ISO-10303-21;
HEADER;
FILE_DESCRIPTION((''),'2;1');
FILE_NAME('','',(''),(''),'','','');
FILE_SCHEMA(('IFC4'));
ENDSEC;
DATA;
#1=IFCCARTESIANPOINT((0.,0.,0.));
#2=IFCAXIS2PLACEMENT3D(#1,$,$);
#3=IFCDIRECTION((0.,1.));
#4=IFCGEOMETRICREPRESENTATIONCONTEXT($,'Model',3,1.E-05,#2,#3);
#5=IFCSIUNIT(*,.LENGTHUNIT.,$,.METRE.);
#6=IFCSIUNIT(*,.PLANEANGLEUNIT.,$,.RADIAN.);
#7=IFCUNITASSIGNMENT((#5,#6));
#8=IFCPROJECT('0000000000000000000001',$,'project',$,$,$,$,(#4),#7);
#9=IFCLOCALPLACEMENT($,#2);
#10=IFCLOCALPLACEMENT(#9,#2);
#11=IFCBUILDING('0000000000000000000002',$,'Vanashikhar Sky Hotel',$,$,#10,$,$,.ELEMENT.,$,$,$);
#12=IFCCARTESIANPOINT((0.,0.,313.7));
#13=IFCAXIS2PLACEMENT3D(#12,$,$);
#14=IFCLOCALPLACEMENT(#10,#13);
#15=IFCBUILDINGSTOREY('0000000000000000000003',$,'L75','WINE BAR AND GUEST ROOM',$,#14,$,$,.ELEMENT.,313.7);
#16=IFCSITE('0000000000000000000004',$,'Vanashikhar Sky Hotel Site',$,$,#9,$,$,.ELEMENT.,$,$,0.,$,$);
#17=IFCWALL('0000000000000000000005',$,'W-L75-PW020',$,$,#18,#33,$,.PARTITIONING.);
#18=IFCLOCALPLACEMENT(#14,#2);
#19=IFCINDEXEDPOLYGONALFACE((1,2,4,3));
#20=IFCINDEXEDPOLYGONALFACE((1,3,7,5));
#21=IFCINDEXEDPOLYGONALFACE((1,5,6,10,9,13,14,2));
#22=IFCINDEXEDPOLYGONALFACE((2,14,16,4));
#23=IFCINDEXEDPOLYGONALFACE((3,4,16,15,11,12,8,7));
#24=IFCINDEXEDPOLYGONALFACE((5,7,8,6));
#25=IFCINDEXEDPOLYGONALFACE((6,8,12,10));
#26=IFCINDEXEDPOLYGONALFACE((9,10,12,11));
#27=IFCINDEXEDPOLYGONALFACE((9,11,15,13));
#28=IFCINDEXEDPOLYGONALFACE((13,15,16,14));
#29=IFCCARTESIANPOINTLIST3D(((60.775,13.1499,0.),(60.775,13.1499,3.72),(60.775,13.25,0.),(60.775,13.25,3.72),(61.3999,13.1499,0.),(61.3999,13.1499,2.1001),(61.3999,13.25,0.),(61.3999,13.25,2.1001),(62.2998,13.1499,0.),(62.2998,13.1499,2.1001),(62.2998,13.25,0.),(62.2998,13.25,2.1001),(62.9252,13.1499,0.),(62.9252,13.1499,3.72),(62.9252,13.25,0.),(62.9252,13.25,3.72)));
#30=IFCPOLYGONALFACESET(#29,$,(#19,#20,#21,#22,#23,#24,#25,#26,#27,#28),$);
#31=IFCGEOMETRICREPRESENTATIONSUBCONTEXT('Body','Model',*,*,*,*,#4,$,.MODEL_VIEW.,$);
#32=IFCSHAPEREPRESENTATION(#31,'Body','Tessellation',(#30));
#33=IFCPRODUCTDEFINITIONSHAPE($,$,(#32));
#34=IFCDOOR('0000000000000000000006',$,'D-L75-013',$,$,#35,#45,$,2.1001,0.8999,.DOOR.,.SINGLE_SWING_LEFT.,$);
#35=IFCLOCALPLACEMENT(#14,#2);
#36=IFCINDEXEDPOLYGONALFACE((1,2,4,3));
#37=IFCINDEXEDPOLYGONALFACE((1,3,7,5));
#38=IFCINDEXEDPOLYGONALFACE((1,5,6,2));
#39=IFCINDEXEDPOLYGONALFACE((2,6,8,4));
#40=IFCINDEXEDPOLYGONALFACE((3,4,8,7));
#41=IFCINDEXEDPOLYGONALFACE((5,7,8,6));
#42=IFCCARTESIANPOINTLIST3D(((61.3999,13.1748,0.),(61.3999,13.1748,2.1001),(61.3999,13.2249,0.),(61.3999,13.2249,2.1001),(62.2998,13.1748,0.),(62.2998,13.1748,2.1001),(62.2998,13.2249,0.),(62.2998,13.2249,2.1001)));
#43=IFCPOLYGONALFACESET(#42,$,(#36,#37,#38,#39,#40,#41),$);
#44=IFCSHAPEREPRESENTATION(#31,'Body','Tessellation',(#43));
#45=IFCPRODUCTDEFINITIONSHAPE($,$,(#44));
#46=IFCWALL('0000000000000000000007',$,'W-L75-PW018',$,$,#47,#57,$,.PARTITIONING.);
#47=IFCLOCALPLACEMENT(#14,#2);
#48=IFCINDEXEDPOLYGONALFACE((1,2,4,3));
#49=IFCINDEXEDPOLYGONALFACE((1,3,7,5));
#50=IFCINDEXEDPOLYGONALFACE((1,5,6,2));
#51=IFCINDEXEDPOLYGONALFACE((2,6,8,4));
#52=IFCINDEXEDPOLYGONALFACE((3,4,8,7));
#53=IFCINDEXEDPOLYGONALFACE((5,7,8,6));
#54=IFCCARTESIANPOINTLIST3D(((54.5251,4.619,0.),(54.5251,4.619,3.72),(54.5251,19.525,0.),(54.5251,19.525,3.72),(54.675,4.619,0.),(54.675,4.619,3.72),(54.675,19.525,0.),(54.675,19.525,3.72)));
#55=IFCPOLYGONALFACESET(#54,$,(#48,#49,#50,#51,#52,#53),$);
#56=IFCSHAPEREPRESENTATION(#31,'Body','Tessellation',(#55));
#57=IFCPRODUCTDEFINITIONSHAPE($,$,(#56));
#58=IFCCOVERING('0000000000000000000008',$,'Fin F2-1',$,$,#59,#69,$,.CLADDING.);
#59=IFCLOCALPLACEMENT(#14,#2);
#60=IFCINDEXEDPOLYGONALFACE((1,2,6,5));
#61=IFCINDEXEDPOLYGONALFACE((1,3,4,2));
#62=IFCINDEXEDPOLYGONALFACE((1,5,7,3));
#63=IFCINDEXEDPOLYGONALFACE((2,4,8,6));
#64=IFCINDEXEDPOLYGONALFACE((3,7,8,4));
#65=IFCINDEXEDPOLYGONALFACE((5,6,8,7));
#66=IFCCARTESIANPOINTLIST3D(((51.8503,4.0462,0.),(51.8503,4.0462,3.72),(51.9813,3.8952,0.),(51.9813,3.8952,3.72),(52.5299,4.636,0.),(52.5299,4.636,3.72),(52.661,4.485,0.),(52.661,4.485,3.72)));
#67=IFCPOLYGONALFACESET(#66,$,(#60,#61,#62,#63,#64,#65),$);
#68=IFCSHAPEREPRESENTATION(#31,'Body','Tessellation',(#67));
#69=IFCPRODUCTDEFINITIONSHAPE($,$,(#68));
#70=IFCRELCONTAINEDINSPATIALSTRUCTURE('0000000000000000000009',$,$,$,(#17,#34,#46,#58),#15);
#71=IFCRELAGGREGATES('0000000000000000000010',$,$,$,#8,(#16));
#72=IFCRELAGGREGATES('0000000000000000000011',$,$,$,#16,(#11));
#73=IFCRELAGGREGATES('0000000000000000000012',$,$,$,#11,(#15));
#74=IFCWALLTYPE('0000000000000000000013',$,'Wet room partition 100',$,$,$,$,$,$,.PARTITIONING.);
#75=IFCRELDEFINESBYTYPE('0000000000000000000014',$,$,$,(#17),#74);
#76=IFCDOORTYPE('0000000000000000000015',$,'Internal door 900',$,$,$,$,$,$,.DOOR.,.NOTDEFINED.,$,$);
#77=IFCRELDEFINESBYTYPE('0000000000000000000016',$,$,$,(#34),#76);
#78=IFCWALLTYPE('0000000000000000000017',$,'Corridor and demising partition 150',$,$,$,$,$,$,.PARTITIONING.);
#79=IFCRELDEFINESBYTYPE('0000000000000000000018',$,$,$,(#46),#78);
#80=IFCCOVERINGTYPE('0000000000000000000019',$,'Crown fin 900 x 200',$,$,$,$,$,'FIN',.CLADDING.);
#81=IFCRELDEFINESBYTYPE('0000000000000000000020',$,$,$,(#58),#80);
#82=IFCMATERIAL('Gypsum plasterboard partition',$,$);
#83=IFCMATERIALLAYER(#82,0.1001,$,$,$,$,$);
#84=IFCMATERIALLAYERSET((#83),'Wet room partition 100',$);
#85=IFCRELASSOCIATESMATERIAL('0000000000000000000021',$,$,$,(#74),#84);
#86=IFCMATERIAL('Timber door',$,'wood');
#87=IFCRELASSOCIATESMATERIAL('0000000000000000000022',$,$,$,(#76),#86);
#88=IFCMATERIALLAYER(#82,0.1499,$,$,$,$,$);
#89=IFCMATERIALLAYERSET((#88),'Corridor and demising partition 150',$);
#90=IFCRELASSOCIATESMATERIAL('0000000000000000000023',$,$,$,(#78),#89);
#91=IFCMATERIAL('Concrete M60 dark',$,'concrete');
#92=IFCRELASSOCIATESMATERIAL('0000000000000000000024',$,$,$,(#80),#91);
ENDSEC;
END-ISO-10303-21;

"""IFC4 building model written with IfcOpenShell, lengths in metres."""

from ifc_helpers import new_model, si_unit, direction, frame, frame_2d, origin, origin_2d, place, context, subcontext, project, spatial, rectangle, extrude, source, transform, mapped, material, layer, layer_set, material_profile, profile_set, type_object, element, fill, save


model = new_model("IFC4")

# Units and contexts
model_context = context("Model", 3, precision=1e-05, world=origin(), true_north=direction((0.0, 1.0)))
body_context = subcontext(model_context, "Body", "Model", "MODEL_VIEW")
ifc_project = project(units=[si_unit("LENGTHUNIT", "METRE"), si_unit("PLANEANGLEUNIT", "RADIAN")], contexts=[model_context])

# Site, building, storey
site_placement = place(None, origin())
site = spatial("IfcSite", under=ifc_project, at=site_placement, Name="Vanashikhar Sky Hotel Site", CompositionType="ELEMENT", RefElevation=0.0)
building_placement = place(site_placement, origin())
building = spatial("IfcBuilding", under=site, at=building_placement, Name="Vanashikhar Sky Hotel", CompositionType="ELEMENT")
storey_placement = place(building_placement, frame((0.0, 0.0, 313.7)))
storey = spatial("IfcBuildingStorey", under=building, at=storey_placement, Name="L75", Description="WINE BAR AND GUEST ROOM", CompositionType="ELEMENT", Elevation=313.7)

# Shared definitions
ifc_material_1 = material(Name="Gypsum plasterboard partition")
ifc_layer_1 = layer(ifc_material_1, 0.1001)
ifc_layer_set_1 = layer_set([ifc_layer_1], Name="Wet room partition 100")
wall_type_1 = type_object("IfcWallType", Name="Wet room partition 100", PredefinedType="PARTITIONING", material=ifc_layer_set_1)

# Wall, opening, door
shared_shape_1 = source(origin(), body_context, "Body", "SweptSolid", [
    extrude(rectangle(XDim=0.8999, YDim=2.1001, at=frame_2d((0.45, 1.05))), frame((0.0, 0.0601, 0.0), z_axis=(0.0, -1.0, 0.0), x_axis=(1.0, 0.0, 0.0)), (0.0, 0.0, 1.0), 0.1201),
])
ifc_material_2 = material(Name="Timber door", Category="wood")
door_type_1 = type_object("IfcDoorType", Name="Internal door 900", OperationType="NOTDEFINED", PredefinedType="DOOR", material=ifc_material_2)
shared_shape_2 = source(origin(), body_context, "Body", "SweptSolid", [
    extrude(rectangle(XDim=0.8999, YDim=2.1001, at=frame_2d((0.45, 1.05))), frame((0.0, 0.0249, 0.0), z_axis=(0.0, -1.0, 0.0), x_axis=(1.0, 0.0, 0.0)), (0.0, 0.0, 1.0), 0.05),
])
ifc_layer_2 = layer(ifc_material_1, 0.1499)
ifc_layer_set_2 = layer_set([ifc_layer_2], Name="Corridor and demising partition 150")
wall_type_2 = type_object("IfcWallType", Name="Corridor and demising partition 150", PredefinedType="PARTITIONING", material=ifc_layer_set_2)
shared_shape_3 = source(origin(), body_context, "Body", "SweptSolid", [
    extrude(rectangle(XDim=2.1501, YDim=0.1001, at=frame_2d((1.0752, 0.0))), origin(), (0.0, 0.0, 1.0), 3.72),
])
wall_1_placement = place(storey_placement, frame((60.7749, 13.2, 0.0), z_axis=(0.0, 0.0, 1.0), x_axis=(1.0, 0.0, 0.0)))
wall_1 = element("IfcWall", 1, at=wall_1_placement, inside=storey, type_object=wall_type_1, Name="W-L75-PW020", PredefinedType="PARTITIONING", context=body_context, shape_type="MappedRepresentation", body=[
    mapped(shared_shape_3, transform((0.0, 0.0, 0.0), scale=1.0)),
])
opening_1_placement = place(wall_1_placement, frame((0.625, 0.0, 0.0)))
opening_1 = element("IfcOpeningElement", 2, at=opening_1_placement, cuts=wall_1, PredefinedType="OPENING", context=body_context, shape_type="MappedRepresentation", body=[
    mapped(shared_shape_1, transform((0.0, 0.0, 0.0), scale=1.0)),
])
door_1_placement = place(opening_1_placement, origin())
door_1 = element("IfcDoor", 3, at=door_1_placement, inside=storey, type_object=door_type_1, Name="D-L75-013", OperationType="SINGLE_SWING_LEFT", OverallHeight=2.1001, OverallWidth=0.8999, PredefinedType="DOOR", context=body_context, shape_type="MappedRepresentation", body=[
    mapped(shared_shape_2, transform((0.0, 0.0, 0.0), scale=1.0)),
])
fill(opening_1, door_1)

# Wall
shared_shape_4 = source(origin(), body_context, "Body", "SweptSolid", [
    extrude(rectangle(XDim=14.906, YDim=0.1499, at=frame_2d((7.4531, 0.0))), origin(), (0.0, 0.0, 1.0), 3.72),
])
wall_2_placement = place(storey_placement, frame((54.6001, 4.6189, 0.0), z_axis=(0.0, 0.0, 1.0), x_axis=(0.0, 1.0, 0.0)))
element("IfcWall", 4, at=wall_2_placement, inside=storey, type_object=wall_type_2, Name="W-L75-PW018", PredefinedType="PARTITIONING", context=body_context, shape_type="MappedRepresentation", body=[
    mapped(shared_shape_4, transform((0.0, 0.0, 0.0), scale=1.0)),
])

# Covering
ifc_material_3 = material(Name="Concrete M60 dark", Category="concrete")
ifc_material_profile_1 = material_profile(ifc_material_3, rectangle(XDim=0.8999, YDim=0.2, at=origin_2d()))
ifc_profile_set_1 = profile_set([ifc_material_profile_1], Name="Crown fin 900 x 200")
covering_type = type_object("IfcCoveringType", Name="Crown fin 900 x 200", ElementType="FIN", PredefinedType="CLADDING", material=ifc_profile_set_1)
shared_shape_5 = source(origin(), body_context, "Body", "SweptSolid", [
    extrude(rectangle(XDim=0.8999, YDim=0.2, at=origin_2d()), origin(), (0.0, 0.0, 1.0), 3.72),
])
covering_placement = place(storey_placement, frame((52.2556, 4.2656, 0.0), z_axis=(0.0, 0.0, 1.0), x_axis=(-0.755247, -0.65544, 0.0)))
element("IfcCovering", 5, at=covering_placement, inside=storey, type_object=covering_type, Name="Fin F2-1", PredefinedType="CLADDING", context=body_context, shape_type="MappedRepresentation", body=[
    mapped(shared_shape_5, transform((0.0, 0.0, 0.0), scale=1.0)),
])

save(model, "model.ifc")
